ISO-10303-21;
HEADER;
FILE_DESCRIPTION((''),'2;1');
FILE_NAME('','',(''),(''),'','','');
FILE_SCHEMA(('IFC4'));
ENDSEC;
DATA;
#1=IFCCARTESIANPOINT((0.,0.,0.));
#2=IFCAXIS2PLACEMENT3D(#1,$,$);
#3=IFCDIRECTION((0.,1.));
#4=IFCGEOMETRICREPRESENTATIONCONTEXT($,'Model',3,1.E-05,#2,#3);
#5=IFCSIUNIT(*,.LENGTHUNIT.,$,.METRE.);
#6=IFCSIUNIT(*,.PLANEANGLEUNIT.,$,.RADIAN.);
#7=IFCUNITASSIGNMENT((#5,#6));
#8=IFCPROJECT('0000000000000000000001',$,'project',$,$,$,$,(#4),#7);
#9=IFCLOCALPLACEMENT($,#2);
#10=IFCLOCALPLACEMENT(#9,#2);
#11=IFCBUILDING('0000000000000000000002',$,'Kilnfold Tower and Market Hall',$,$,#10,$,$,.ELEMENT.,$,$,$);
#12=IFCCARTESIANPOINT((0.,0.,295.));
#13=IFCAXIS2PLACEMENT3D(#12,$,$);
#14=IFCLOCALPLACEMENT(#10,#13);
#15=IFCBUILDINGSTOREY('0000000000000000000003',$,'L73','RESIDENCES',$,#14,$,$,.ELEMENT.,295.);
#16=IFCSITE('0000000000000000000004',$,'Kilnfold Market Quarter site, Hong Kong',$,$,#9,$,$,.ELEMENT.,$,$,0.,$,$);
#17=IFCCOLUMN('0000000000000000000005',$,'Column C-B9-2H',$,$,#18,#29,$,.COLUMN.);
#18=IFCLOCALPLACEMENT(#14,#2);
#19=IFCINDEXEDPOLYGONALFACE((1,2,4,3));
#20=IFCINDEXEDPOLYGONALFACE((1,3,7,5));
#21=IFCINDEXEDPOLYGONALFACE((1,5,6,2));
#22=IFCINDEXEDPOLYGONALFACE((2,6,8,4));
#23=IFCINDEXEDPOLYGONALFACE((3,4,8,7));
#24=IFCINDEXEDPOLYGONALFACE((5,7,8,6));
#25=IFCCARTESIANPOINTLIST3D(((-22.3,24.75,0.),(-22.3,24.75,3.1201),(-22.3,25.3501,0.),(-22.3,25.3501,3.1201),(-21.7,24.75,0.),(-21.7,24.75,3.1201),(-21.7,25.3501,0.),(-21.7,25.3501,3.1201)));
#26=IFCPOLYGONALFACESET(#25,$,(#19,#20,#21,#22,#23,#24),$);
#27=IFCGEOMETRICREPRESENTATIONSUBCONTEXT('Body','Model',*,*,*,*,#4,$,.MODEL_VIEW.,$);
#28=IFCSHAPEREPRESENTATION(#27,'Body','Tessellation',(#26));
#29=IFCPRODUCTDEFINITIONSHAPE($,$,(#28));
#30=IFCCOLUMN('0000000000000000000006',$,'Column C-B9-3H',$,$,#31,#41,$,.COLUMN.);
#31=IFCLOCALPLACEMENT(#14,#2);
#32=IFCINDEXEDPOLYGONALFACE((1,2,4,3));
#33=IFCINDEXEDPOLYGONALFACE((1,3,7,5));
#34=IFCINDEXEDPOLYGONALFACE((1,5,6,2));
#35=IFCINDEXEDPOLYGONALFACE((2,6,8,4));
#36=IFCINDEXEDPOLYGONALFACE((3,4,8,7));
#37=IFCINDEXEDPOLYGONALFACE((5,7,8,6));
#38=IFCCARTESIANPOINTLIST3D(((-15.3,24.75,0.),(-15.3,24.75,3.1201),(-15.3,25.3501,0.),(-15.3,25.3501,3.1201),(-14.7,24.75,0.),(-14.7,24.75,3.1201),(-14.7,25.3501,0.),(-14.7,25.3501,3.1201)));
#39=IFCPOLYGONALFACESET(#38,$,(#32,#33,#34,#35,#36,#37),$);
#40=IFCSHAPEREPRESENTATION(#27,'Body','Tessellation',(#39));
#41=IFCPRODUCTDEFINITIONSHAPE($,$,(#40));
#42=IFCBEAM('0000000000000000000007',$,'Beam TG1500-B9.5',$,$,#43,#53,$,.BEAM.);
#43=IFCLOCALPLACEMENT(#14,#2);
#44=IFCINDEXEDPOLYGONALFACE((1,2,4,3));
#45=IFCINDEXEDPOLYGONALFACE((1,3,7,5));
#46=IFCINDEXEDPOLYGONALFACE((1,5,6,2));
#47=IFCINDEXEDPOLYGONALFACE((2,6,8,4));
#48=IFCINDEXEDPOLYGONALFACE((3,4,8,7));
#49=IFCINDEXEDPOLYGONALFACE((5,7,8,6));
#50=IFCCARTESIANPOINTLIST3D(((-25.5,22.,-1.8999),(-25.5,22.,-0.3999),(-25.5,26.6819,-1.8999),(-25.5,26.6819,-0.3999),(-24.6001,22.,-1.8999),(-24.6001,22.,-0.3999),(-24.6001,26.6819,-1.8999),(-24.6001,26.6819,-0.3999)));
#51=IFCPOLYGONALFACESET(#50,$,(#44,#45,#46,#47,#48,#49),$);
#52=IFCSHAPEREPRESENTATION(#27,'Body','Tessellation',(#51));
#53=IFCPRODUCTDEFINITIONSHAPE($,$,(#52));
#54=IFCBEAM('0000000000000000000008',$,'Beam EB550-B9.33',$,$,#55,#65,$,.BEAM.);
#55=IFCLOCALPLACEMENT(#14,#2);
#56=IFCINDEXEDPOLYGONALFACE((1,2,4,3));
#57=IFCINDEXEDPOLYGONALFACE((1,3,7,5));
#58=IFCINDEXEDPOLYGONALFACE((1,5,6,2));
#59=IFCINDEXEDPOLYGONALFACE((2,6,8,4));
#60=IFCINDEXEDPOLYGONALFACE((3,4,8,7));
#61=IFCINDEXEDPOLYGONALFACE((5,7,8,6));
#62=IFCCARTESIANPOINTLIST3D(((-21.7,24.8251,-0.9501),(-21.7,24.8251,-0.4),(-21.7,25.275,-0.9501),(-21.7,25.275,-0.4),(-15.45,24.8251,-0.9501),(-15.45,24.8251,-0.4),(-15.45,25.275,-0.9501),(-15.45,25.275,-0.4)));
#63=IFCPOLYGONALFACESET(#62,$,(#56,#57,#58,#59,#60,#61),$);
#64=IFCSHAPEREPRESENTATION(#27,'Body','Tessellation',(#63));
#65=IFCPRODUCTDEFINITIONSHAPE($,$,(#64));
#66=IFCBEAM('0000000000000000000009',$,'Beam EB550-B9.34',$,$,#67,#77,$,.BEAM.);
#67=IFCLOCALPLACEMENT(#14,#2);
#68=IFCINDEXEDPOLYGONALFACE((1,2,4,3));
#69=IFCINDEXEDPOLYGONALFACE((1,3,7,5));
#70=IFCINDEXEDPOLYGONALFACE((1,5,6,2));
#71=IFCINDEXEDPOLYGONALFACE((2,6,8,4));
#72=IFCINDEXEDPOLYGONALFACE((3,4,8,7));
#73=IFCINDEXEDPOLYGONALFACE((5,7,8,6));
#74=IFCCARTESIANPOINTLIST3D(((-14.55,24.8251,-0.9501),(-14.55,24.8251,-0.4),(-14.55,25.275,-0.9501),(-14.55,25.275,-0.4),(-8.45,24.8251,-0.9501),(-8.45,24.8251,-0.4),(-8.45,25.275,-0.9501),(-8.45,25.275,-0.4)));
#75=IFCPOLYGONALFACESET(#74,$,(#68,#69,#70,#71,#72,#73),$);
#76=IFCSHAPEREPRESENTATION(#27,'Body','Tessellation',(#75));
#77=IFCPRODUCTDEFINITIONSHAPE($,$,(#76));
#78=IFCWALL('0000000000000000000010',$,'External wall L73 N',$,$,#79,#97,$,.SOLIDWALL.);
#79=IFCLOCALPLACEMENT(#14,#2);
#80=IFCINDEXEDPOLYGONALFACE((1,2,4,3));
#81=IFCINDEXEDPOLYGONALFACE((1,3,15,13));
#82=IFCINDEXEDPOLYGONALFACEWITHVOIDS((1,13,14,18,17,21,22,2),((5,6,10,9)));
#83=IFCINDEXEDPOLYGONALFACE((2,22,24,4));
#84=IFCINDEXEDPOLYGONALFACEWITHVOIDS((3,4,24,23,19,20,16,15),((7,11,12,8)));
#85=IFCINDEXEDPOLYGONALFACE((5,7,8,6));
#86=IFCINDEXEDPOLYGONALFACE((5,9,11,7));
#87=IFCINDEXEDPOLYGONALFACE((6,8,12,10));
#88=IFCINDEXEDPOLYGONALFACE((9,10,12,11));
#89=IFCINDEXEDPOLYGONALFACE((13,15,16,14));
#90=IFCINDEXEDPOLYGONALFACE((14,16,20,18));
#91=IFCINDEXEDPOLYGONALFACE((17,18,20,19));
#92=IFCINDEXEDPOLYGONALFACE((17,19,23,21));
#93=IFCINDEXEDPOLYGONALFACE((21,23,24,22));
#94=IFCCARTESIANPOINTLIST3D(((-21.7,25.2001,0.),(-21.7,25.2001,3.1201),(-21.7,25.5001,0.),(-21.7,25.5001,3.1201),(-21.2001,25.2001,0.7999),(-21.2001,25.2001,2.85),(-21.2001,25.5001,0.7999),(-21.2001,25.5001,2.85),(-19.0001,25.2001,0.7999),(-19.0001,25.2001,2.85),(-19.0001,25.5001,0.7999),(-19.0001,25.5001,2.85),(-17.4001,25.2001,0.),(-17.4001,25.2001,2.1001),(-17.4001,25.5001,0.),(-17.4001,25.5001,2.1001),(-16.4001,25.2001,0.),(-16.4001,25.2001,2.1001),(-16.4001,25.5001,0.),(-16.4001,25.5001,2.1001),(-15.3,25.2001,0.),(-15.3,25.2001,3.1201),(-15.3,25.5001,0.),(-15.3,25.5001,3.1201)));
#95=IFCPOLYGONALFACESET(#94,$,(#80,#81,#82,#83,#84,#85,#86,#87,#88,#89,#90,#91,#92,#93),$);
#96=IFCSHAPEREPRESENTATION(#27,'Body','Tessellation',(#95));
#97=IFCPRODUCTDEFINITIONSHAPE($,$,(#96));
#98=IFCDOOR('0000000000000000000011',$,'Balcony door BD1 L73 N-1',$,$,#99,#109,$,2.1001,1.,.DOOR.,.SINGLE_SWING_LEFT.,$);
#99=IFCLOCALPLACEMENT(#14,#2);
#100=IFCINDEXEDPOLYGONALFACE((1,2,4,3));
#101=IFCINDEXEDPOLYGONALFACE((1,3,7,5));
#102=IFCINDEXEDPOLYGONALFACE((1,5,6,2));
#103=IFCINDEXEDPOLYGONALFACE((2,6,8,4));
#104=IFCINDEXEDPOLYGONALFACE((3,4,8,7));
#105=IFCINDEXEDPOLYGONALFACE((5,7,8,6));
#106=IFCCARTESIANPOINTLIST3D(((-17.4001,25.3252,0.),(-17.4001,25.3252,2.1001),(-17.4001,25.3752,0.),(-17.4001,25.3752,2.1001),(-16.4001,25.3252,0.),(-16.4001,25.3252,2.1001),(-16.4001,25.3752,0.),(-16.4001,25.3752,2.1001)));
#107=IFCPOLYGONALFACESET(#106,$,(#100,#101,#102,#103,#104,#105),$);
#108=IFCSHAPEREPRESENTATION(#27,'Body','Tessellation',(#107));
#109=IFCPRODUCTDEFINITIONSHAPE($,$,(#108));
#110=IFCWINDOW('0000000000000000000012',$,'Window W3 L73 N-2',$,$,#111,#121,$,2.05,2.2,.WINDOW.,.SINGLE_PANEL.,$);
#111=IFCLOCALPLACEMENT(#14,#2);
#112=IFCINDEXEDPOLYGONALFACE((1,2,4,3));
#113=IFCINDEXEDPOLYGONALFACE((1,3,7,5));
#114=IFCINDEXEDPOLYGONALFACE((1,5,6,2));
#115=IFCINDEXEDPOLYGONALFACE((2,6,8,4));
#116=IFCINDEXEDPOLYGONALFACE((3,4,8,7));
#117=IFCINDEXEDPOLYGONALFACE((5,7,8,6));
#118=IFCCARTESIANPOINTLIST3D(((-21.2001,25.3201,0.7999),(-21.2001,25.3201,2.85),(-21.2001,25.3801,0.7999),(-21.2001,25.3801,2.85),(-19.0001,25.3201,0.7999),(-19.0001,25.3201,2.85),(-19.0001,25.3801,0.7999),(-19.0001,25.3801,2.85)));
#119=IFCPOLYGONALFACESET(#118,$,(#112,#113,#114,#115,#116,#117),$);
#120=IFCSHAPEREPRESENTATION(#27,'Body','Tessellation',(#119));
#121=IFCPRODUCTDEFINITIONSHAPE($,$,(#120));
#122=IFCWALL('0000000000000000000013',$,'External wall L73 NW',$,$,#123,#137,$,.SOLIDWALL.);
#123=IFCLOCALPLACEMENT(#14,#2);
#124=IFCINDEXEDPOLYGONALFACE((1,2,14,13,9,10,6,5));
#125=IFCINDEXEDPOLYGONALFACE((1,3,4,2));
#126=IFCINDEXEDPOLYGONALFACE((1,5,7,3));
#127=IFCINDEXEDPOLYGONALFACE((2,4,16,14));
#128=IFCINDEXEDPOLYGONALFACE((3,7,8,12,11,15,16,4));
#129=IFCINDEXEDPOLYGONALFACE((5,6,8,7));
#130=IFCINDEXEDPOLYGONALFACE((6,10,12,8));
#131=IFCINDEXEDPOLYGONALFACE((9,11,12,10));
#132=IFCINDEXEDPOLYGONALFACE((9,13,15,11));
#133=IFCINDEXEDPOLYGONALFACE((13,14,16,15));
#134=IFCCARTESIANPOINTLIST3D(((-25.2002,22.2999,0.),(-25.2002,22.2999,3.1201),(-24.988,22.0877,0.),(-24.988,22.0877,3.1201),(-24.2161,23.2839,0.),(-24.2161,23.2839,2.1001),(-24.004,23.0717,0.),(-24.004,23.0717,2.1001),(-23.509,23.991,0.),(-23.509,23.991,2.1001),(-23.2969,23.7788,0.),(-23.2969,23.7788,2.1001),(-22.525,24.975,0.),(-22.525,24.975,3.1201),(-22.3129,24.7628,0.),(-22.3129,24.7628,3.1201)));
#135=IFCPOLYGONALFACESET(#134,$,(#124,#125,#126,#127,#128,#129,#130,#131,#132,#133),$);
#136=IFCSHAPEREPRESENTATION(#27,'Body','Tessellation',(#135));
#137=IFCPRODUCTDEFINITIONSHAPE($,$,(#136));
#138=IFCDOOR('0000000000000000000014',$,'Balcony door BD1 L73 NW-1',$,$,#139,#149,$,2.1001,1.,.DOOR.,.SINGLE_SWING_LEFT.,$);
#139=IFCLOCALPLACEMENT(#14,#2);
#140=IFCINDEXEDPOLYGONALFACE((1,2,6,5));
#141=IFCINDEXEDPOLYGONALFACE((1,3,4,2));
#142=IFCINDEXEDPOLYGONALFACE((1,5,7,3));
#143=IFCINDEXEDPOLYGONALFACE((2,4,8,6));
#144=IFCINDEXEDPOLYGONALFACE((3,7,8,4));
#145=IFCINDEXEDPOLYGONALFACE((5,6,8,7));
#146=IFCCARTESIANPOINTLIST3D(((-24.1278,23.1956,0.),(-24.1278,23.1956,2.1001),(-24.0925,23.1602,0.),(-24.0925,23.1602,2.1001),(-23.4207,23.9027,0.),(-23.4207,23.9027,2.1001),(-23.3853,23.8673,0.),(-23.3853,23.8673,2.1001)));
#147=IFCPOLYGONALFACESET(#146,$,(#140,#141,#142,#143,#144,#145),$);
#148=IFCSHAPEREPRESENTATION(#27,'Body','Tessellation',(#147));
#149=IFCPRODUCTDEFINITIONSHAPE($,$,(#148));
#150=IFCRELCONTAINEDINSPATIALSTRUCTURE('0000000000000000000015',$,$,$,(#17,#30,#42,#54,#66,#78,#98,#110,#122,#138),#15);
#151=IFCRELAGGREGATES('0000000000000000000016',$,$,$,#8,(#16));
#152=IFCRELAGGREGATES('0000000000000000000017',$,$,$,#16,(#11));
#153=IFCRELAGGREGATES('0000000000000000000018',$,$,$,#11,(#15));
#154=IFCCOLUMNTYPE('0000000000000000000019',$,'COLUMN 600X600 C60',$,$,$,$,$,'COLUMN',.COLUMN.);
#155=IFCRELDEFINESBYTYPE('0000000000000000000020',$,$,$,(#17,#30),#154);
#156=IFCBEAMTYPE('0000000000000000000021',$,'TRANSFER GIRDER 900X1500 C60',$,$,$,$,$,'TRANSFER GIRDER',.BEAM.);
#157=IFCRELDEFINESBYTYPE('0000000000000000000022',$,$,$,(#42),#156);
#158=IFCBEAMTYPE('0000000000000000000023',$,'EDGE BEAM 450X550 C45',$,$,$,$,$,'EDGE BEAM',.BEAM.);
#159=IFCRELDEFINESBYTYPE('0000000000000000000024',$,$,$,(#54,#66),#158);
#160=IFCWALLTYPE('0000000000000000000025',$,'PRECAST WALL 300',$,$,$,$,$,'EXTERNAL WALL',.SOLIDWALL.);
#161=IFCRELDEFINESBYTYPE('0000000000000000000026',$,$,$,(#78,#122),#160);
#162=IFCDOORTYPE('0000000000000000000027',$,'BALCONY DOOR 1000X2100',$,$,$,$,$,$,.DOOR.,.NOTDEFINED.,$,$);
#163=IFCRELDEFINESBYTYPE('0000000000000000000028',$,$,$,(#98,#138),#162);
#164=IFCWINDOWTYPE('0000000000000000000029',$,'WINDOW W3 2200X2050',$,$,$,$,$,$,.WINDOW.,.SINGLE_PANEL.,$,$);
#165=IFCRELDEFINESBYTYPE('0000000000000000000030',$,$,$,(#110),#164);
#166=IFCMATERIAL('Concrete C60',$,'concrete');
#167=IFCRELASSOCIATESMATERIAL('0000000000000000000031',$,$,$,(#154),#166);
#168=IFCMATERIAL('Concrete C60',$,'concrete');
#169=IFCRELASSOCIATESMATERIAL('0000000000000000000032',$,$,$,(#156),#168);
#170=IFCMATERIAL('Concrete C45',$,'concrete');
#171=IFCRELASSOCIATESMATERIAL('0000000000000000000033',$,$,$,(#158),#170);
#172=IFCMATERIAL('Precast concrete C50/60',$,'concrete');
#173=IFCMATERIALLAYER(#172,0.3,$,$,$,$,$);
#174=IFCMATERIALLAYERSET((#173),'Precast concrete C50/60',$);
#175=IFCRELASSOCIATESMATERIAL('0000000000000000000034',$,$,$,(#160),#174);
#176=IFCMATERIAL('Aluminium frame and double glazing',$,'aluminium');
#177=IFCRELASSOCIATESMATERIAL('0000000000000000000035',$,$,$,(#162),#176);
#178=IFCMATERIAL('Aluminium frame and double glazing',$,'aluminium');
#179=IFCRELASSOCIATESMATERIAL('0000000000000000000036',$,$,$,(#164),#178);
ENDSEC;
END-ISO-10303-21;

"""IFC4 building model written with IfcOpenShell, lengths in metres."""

from ifc_helpers import new_model, si_unit, direction, frame, frame_2d, origin, origin_2d, place, context, subcontext, project, spatial, rectangle, extrude, source, transform, mapped, material, layer, layer_set, material_profile, profile_set, type_object, element, fill, save


model = new_model("IFC4")

# Units and contexts
model_context = context("Model", 3, precision=1e-05, world=origin(), true_north=direction((0.0, 1.0)))
body_context = subcontext(model_context, "Body", "Model", "MODEL_VIEW")
ifc_project = project(units=[si_unit("LENGTHUNIT", "METRE"), si_unit("PLANEANGLEUNIT", "RADIAN")], contexts=[model_context])

# Site, building, storey
site_placement = place(None, origin())
site = spatial("IfcSite", under=ifc_project, at=site_placement, Name="Kilnfold Market Quarter site, Hong Kong", CompositionType="ELEMENT", RefElevation=0.0)
building_placement = place(site_placement, origin())
building = spatial("IfcBuilding", under=site, at=building_placement, Name="Kilnfold Tower and Market Hall", CompositionType="ELEMENT")
storey_placement = place(building_placement, frame((0.0, 0.0, 295.0)))
storey = spatial("IfcBuildingStorey", under=building, at=storey_placement, Name="L73", Description="RESIDENCES", CompositionType="ELEMENT", Elevation=295.0)

# Columns
ifc_material_1 = material(Name="Concrete C60", Category="concrete")
ifc_material_profile_1 = material_profile(ifc_material_1, rectangle(XDim=0.6001, YDim=0.6001, at=origin_2d()), Name="RC 600x600")
ifc_profile_set_1 = profile_set([ifc_material_profile_1], Name="Concrete C60")
column_type = type_object("IfcColumnType", Name="COLUMN 600X600 C60", ElementType="COLUMN", PredefinedType="COLUMN", material=ifc_profile_set_1)
shared_shape_1 = source(origin(), body_context, "Body", "SweptSolid", [
    extrude(rectangle(XDim=0.6001, YDim=0.6001, at=origin_2d()), origin(), (0.0, 0.0, 1.0), 3.1201),
])
for number, where, z_axis, x_axis, name in (
    (1, (-22.0, 25.05, 0.0), (0.0, 0.0, 1.0), (1.0, 0.0, 0.0), "Column C-B9-2H"),
    (2, (-15.0, 25.05, 0.0), (0.0, 0.0, 1.0), (1.0, 0.0, 0.0), "Column C-B9-3H"),
):
    element("IfcColumn", number, at=place(storey_placement, frame(where, z_axis=z_axis, x_axis=x_axis)), inside=storey, type_object=column_type, Name=name, PredefinedType="COLUMN", context=body_context, shape_type="MappedRepresentation", body=[
        mapped(shared_shape_1, transform((0.0, 0.0, 0.0))),
    ])

# Beams
ifc_material_2 = material(Name="Concrete C60", Category="concrete")
ifc_material_profile_2 = material_profile(ifc_material_2, rectangle(XDim=0.8999, YDim=1.5, at=origin_2d()), Name="RC 900x1500")
ifc_profile_set_2 = profile_set([ifc_material_profile_2], Name="Concrete C60")
beam_type_1 = type_object("IfcBeamType", Name="TRANSFER GIRDER 900X1500 C60", ElementType="TRANSFER GIRDER", PredefinedType="BEAM", material=ifc_profile_set_2)
shared_shape_2 = source(origin(), body_context, "Body", "SweptSolid", [
    extrude(rectangle(XDim=0.8999, YDim=1.5, at=origin_2d()), origin(), (0.0, 0.0, 1.0), 4.6819),
])
beam_1_placement = place(storey_placement, frame((-25.05, 22.0, -1.1499), z_axis=(0.0, 1.0, 0.0), x_axis=(-1.0, 0.0, 0.0)))
element("IfcBeam", 3, at=beam_1_placement, inside=storey, type_object=beam_type_1, Name="Beam TG1500-B9.5", PredefinedType="BEAM", context=body_context, shape_type="MappedRepresentation", body=[
    mapped(shared_shape_2, transform((0.0, 0.0, 0.0))),
])
ifc_material_3 = material(Name="Concrete C45", Category="concrete")
ifc_material_profile_3 = material_profile(ifc_material_3, rectangle(XDim=0.45, YDim=0.55, at=origin_2d()), Name="RC 450x550")
ifc_profile_set_3 = profile_set([ifc_material_profile_3], Name="Concrete C45")
beam_type_2 = type_object("IfcBeamType", Name="EDGE BEAM 450X550 C45", ElementType="EDGE BEAM", PredefinedType="BEAM", material=ifc_profile_set_3)
shared_shape_3 = source(origin(), body_context, "Body", "SweptSolid", [
    extrude(rectangle(XDim=0.45, YDim=0.55, at=origin_2d()), origin(), (0.0, 0.0, 1.0), 6.25),
])
beam_2_placement = place(storey_placement, frame((-21.7, 25.05, -0.675), z_axis=(1.0, 0.0, 0.0), x_axis=(0.0, 1.0, 0.0)))
element("IfcBeam", 4, at=beam_2_placement, inside=storey, type_object=beam_type_2, Name="Beam EB550-B9.33", PredefinedType="BEAM", context=body_context, shape_type="MappedRepresentation", body=[
    mapped(shared_shape_3, transform((0.0, 0.0, 0.0))),
])
shared_shape_4 = source(origin(), body_context, "Body", "SweptSolid", [
    extrude(rectangle(XDim=0.45, YDim=0.55, at=origin_2d()), origin(), (0.0, 0.0, 1.0), 6.1001),
])
beam_3_placement = place(storey_placement, frame((-14.55, 25.05, -0.675), z_axis=(1.0, 0.0, 0.0), x_axis=(0.0, 1.0, 0.0)))
element("IfcBeam", 5, at=beam_3_placement, inside=storey, type_object=beam_type_2, Name="Beam EB550-B9.34", PredefinedType="BEAM", context=body_context, shape_type="MappedRepresentation", body=[
    mapped(shared_shape_4, transform((0.0, 0.0, 0.0))),
])

# Wall, openings, door, window
ifc_material_4 = material(Name="Precast concrete C50/60", Category="concrete")
ifc_layer = layer(ifc_material_4, 0.3)
ifc_layer_set = layer_set([ifc_layer], Name="Precast concrete C50/60")
wall_type = type_object("IfcWallType", Name="PRECAST WALL 300", ElementType="EXTERNAL WALL", PredefinedType="SOLIDWALL", material=ifc_layer_set)
shared_shape_5 = source(origin(), body_context, "Body", "SweptSolid", [
    extrude(rectangle(XDim=6.3999, YDim=0.3, at=frame_2d((3.2, 0.0))), origin(), (0.0, 0.0, 1.0), 3.1201),
])
wall_1_placement = place(storey_placement, frame((-15.3, 25.3501, 0.0), z_axis=(0.0, 0.0, 1.0), x_axis=(-1.0, 0.0, 0.0)))
wall_1 = element("IfcWall", 6, at=wall_1_placement, inside=storey, type_object=wall_type, Name="External wall L73 N", PredefinedType="SOLIDWALL", context=body_context, shape_type="MappedRepresentation", body=[
    mapped(shared_shape_5, transform((0.0, 0.0, 0.0))),
])
opening_1_placement = place(wall_1_placement, frame((1.1001, 0.0, 0.0)))
opening_1 = element("IfcOpeningElement", 7, at=opening_1_placement, cuts=wall_1, PredefinedType="OPENING", context=body_context, shape_type="SweptSolid", body=[
    extrude(rectangle(XDim=1.0, YDim=2.1001, at=frame_2d((0.5, 1.05))), frame((0.0, 0.1602, 0.0), z_axis=(0.0, -1.0, 0.0), x_axis=(1.0, 0.0, 0.0)), (0.0, 0.0, 1.0), 0.3201),
])
opening_2_placement = place(wall_1_placement, frame((3.7, 0.0, 0.8)))
opening_2 = element("IfcOpeningElement", 8, at=opening_2_placement, cuts=wall_1, PredefinedType="OPENING", context=body_context, shape_type="SweptSolid", body=[
    extrude(rectangle(XDim=2.2, YDim=2.05, at=frame_2d((1.1001, 1.0249))), frame((0.0, 0.1602, 0.0), z_axis=(0.0, -1.0, 0.0), x_axis=(1.0, 0.0, 0.0)), (0.0, 0.0, 1.0), 0.3201),
])
ifc_material_5 = material(Name="Aluminium frame and double glazing", Category="aluminium")
door_type = type_object("IfcDoorType", Name="BALCONY DOOR 1000X2100", OperationType="NOTDEFINED", PredefinedType="DOOR", material=ifc_material_5)
door_1_placement = place(opening_1_placement, origin())
door_1 = element("IfcDoor", 9, at=door_1_placement, inside=storey, type_object=door_type, Name="Balcony door BD1 L73 N-1", OperationType="SINGLE_SWING_LEFT", OverallHeight=2.1001, OverallWidth=1.0, PredefinedType="DOOR", context=body_context, shape_type="SweptSolid", body=[
    extrude(rectangle(XDim=1.0, YDim=2.1001, at=frame_2d((0.5, 1.05))), frame((0.0, 0.0249, 0.0), z_axis=(0.0, -1.0, 0.0), x_axis=(1.0, 0.0, 0.0)), (0.0, 0.0, 1.0), 0.05),
])
fill(opening_1, door_1)
ifc_material_6 = material(Name="Aluminium frame and double glazing", Category="aluminium")
window_type = type_object("IfcWindowType", Name="WINDOW W3 2200X2050", PartitioningType="SINGLE_PANEL", PredefinedType="WINDOW", material=ifc_material_6)
window_placement = place(opening_2_placement, origin())
window = element("IfcWindow", 10, at=window_placement, inside=storey, type_object=window_type, Name="Window W3 L73 N-2", OverallHeight=2.05, OverallWidth=2.2, PartitioningType="SINGLE_PANEL", PredefinedType="WINDOW", context=body_context, shape_type="SweptSolid", body=[
    extrude(rectangle(XDim=2.2, YDim=2.05, at=frame_2d((1.1001, 1.0249))), frame((0.0, 0.03, 0.0), z_axis=(0.0, -1.0, 0.0), x_axis=(1.0, 0.0, 0.0)), (0.0, 0.0, 1.0), 0.0601),
])
fill(opening_2, window)

# Wall, opening, door
shared_shape_6 = source(origin(), body_context, "Body", "SweptSolid", [
    extrude(rectangle(XDim=3.7832, YDim=0.3, at=frame_2d((1.8916, 0.0))), origin(), (0.0, 0.0, 1.0), 3.1201),
])
wall_2_placement = place(storey_placement, frame((-22.4189, 24.8689, 0.0), z_axis=(0.0, 0.0, 1.0), x_axis=(-0.707107, -0.707107, 0.0)))
wall_2 = element("IfcWall", 11, at=wall_2_placement, inside=storey, type_object=wall_type, Name="External wall L73 NW", PredefinedType="SOLIDWALL", context=body_context, shape_type="MappedRepresentation", body=[
    mapped(shared_shape_6, transform((0.0, 0.0, 0.0))),
])
opening_3_placement = place(wall_2_placement, frame((1.3916, 0.0, 0.0)))
opening_3 = element("IfcOpeningElement", 12, at=opening_3_placement, cuts=wall_2, PredefinedType="OPENING", context=body_context, shape_type="SweptSolid", body=[
    extrude(rectangle(XDim=1.0, YDim=2.1001, at=frame_2d((0.5, 1.05))), frame((0.0, 0.1602, 0.0), z_axis=(0.0, -1.0, 0.0), x_axis=(1.0, 0.0, 0.0)), (0.0, 0.0, 1.0), 0.3201),
])
door_2_placement = place(opening_3_placement, origin())
door_2 = element("IfcDoor", 13, at=door_2_placement, inside=storey, type_object=door_type, Name="Balcony door BD1 L73 NW-1", OperationType="SINGLE_SWING_LEFT", OverallHeight=2.1001, OverallWidth=1.0, PredefinedType="DOOR", context=body_context, shape_type="SweptSolid", body=[
    extrude(rectangle(XDim=1.0, YDim=2.1001, at=frame_2d((0.5, 1.05))), frame((0.0, 0.0249, 0.0), z_axis=(0.0, -1.0, 0.0), x_axis=(1.0, 0.0, 0.0)), (0.0, 0.0, 1.0), 0.05),
])
fill(opening_3, door_2)

save(model, "model.ifc")
